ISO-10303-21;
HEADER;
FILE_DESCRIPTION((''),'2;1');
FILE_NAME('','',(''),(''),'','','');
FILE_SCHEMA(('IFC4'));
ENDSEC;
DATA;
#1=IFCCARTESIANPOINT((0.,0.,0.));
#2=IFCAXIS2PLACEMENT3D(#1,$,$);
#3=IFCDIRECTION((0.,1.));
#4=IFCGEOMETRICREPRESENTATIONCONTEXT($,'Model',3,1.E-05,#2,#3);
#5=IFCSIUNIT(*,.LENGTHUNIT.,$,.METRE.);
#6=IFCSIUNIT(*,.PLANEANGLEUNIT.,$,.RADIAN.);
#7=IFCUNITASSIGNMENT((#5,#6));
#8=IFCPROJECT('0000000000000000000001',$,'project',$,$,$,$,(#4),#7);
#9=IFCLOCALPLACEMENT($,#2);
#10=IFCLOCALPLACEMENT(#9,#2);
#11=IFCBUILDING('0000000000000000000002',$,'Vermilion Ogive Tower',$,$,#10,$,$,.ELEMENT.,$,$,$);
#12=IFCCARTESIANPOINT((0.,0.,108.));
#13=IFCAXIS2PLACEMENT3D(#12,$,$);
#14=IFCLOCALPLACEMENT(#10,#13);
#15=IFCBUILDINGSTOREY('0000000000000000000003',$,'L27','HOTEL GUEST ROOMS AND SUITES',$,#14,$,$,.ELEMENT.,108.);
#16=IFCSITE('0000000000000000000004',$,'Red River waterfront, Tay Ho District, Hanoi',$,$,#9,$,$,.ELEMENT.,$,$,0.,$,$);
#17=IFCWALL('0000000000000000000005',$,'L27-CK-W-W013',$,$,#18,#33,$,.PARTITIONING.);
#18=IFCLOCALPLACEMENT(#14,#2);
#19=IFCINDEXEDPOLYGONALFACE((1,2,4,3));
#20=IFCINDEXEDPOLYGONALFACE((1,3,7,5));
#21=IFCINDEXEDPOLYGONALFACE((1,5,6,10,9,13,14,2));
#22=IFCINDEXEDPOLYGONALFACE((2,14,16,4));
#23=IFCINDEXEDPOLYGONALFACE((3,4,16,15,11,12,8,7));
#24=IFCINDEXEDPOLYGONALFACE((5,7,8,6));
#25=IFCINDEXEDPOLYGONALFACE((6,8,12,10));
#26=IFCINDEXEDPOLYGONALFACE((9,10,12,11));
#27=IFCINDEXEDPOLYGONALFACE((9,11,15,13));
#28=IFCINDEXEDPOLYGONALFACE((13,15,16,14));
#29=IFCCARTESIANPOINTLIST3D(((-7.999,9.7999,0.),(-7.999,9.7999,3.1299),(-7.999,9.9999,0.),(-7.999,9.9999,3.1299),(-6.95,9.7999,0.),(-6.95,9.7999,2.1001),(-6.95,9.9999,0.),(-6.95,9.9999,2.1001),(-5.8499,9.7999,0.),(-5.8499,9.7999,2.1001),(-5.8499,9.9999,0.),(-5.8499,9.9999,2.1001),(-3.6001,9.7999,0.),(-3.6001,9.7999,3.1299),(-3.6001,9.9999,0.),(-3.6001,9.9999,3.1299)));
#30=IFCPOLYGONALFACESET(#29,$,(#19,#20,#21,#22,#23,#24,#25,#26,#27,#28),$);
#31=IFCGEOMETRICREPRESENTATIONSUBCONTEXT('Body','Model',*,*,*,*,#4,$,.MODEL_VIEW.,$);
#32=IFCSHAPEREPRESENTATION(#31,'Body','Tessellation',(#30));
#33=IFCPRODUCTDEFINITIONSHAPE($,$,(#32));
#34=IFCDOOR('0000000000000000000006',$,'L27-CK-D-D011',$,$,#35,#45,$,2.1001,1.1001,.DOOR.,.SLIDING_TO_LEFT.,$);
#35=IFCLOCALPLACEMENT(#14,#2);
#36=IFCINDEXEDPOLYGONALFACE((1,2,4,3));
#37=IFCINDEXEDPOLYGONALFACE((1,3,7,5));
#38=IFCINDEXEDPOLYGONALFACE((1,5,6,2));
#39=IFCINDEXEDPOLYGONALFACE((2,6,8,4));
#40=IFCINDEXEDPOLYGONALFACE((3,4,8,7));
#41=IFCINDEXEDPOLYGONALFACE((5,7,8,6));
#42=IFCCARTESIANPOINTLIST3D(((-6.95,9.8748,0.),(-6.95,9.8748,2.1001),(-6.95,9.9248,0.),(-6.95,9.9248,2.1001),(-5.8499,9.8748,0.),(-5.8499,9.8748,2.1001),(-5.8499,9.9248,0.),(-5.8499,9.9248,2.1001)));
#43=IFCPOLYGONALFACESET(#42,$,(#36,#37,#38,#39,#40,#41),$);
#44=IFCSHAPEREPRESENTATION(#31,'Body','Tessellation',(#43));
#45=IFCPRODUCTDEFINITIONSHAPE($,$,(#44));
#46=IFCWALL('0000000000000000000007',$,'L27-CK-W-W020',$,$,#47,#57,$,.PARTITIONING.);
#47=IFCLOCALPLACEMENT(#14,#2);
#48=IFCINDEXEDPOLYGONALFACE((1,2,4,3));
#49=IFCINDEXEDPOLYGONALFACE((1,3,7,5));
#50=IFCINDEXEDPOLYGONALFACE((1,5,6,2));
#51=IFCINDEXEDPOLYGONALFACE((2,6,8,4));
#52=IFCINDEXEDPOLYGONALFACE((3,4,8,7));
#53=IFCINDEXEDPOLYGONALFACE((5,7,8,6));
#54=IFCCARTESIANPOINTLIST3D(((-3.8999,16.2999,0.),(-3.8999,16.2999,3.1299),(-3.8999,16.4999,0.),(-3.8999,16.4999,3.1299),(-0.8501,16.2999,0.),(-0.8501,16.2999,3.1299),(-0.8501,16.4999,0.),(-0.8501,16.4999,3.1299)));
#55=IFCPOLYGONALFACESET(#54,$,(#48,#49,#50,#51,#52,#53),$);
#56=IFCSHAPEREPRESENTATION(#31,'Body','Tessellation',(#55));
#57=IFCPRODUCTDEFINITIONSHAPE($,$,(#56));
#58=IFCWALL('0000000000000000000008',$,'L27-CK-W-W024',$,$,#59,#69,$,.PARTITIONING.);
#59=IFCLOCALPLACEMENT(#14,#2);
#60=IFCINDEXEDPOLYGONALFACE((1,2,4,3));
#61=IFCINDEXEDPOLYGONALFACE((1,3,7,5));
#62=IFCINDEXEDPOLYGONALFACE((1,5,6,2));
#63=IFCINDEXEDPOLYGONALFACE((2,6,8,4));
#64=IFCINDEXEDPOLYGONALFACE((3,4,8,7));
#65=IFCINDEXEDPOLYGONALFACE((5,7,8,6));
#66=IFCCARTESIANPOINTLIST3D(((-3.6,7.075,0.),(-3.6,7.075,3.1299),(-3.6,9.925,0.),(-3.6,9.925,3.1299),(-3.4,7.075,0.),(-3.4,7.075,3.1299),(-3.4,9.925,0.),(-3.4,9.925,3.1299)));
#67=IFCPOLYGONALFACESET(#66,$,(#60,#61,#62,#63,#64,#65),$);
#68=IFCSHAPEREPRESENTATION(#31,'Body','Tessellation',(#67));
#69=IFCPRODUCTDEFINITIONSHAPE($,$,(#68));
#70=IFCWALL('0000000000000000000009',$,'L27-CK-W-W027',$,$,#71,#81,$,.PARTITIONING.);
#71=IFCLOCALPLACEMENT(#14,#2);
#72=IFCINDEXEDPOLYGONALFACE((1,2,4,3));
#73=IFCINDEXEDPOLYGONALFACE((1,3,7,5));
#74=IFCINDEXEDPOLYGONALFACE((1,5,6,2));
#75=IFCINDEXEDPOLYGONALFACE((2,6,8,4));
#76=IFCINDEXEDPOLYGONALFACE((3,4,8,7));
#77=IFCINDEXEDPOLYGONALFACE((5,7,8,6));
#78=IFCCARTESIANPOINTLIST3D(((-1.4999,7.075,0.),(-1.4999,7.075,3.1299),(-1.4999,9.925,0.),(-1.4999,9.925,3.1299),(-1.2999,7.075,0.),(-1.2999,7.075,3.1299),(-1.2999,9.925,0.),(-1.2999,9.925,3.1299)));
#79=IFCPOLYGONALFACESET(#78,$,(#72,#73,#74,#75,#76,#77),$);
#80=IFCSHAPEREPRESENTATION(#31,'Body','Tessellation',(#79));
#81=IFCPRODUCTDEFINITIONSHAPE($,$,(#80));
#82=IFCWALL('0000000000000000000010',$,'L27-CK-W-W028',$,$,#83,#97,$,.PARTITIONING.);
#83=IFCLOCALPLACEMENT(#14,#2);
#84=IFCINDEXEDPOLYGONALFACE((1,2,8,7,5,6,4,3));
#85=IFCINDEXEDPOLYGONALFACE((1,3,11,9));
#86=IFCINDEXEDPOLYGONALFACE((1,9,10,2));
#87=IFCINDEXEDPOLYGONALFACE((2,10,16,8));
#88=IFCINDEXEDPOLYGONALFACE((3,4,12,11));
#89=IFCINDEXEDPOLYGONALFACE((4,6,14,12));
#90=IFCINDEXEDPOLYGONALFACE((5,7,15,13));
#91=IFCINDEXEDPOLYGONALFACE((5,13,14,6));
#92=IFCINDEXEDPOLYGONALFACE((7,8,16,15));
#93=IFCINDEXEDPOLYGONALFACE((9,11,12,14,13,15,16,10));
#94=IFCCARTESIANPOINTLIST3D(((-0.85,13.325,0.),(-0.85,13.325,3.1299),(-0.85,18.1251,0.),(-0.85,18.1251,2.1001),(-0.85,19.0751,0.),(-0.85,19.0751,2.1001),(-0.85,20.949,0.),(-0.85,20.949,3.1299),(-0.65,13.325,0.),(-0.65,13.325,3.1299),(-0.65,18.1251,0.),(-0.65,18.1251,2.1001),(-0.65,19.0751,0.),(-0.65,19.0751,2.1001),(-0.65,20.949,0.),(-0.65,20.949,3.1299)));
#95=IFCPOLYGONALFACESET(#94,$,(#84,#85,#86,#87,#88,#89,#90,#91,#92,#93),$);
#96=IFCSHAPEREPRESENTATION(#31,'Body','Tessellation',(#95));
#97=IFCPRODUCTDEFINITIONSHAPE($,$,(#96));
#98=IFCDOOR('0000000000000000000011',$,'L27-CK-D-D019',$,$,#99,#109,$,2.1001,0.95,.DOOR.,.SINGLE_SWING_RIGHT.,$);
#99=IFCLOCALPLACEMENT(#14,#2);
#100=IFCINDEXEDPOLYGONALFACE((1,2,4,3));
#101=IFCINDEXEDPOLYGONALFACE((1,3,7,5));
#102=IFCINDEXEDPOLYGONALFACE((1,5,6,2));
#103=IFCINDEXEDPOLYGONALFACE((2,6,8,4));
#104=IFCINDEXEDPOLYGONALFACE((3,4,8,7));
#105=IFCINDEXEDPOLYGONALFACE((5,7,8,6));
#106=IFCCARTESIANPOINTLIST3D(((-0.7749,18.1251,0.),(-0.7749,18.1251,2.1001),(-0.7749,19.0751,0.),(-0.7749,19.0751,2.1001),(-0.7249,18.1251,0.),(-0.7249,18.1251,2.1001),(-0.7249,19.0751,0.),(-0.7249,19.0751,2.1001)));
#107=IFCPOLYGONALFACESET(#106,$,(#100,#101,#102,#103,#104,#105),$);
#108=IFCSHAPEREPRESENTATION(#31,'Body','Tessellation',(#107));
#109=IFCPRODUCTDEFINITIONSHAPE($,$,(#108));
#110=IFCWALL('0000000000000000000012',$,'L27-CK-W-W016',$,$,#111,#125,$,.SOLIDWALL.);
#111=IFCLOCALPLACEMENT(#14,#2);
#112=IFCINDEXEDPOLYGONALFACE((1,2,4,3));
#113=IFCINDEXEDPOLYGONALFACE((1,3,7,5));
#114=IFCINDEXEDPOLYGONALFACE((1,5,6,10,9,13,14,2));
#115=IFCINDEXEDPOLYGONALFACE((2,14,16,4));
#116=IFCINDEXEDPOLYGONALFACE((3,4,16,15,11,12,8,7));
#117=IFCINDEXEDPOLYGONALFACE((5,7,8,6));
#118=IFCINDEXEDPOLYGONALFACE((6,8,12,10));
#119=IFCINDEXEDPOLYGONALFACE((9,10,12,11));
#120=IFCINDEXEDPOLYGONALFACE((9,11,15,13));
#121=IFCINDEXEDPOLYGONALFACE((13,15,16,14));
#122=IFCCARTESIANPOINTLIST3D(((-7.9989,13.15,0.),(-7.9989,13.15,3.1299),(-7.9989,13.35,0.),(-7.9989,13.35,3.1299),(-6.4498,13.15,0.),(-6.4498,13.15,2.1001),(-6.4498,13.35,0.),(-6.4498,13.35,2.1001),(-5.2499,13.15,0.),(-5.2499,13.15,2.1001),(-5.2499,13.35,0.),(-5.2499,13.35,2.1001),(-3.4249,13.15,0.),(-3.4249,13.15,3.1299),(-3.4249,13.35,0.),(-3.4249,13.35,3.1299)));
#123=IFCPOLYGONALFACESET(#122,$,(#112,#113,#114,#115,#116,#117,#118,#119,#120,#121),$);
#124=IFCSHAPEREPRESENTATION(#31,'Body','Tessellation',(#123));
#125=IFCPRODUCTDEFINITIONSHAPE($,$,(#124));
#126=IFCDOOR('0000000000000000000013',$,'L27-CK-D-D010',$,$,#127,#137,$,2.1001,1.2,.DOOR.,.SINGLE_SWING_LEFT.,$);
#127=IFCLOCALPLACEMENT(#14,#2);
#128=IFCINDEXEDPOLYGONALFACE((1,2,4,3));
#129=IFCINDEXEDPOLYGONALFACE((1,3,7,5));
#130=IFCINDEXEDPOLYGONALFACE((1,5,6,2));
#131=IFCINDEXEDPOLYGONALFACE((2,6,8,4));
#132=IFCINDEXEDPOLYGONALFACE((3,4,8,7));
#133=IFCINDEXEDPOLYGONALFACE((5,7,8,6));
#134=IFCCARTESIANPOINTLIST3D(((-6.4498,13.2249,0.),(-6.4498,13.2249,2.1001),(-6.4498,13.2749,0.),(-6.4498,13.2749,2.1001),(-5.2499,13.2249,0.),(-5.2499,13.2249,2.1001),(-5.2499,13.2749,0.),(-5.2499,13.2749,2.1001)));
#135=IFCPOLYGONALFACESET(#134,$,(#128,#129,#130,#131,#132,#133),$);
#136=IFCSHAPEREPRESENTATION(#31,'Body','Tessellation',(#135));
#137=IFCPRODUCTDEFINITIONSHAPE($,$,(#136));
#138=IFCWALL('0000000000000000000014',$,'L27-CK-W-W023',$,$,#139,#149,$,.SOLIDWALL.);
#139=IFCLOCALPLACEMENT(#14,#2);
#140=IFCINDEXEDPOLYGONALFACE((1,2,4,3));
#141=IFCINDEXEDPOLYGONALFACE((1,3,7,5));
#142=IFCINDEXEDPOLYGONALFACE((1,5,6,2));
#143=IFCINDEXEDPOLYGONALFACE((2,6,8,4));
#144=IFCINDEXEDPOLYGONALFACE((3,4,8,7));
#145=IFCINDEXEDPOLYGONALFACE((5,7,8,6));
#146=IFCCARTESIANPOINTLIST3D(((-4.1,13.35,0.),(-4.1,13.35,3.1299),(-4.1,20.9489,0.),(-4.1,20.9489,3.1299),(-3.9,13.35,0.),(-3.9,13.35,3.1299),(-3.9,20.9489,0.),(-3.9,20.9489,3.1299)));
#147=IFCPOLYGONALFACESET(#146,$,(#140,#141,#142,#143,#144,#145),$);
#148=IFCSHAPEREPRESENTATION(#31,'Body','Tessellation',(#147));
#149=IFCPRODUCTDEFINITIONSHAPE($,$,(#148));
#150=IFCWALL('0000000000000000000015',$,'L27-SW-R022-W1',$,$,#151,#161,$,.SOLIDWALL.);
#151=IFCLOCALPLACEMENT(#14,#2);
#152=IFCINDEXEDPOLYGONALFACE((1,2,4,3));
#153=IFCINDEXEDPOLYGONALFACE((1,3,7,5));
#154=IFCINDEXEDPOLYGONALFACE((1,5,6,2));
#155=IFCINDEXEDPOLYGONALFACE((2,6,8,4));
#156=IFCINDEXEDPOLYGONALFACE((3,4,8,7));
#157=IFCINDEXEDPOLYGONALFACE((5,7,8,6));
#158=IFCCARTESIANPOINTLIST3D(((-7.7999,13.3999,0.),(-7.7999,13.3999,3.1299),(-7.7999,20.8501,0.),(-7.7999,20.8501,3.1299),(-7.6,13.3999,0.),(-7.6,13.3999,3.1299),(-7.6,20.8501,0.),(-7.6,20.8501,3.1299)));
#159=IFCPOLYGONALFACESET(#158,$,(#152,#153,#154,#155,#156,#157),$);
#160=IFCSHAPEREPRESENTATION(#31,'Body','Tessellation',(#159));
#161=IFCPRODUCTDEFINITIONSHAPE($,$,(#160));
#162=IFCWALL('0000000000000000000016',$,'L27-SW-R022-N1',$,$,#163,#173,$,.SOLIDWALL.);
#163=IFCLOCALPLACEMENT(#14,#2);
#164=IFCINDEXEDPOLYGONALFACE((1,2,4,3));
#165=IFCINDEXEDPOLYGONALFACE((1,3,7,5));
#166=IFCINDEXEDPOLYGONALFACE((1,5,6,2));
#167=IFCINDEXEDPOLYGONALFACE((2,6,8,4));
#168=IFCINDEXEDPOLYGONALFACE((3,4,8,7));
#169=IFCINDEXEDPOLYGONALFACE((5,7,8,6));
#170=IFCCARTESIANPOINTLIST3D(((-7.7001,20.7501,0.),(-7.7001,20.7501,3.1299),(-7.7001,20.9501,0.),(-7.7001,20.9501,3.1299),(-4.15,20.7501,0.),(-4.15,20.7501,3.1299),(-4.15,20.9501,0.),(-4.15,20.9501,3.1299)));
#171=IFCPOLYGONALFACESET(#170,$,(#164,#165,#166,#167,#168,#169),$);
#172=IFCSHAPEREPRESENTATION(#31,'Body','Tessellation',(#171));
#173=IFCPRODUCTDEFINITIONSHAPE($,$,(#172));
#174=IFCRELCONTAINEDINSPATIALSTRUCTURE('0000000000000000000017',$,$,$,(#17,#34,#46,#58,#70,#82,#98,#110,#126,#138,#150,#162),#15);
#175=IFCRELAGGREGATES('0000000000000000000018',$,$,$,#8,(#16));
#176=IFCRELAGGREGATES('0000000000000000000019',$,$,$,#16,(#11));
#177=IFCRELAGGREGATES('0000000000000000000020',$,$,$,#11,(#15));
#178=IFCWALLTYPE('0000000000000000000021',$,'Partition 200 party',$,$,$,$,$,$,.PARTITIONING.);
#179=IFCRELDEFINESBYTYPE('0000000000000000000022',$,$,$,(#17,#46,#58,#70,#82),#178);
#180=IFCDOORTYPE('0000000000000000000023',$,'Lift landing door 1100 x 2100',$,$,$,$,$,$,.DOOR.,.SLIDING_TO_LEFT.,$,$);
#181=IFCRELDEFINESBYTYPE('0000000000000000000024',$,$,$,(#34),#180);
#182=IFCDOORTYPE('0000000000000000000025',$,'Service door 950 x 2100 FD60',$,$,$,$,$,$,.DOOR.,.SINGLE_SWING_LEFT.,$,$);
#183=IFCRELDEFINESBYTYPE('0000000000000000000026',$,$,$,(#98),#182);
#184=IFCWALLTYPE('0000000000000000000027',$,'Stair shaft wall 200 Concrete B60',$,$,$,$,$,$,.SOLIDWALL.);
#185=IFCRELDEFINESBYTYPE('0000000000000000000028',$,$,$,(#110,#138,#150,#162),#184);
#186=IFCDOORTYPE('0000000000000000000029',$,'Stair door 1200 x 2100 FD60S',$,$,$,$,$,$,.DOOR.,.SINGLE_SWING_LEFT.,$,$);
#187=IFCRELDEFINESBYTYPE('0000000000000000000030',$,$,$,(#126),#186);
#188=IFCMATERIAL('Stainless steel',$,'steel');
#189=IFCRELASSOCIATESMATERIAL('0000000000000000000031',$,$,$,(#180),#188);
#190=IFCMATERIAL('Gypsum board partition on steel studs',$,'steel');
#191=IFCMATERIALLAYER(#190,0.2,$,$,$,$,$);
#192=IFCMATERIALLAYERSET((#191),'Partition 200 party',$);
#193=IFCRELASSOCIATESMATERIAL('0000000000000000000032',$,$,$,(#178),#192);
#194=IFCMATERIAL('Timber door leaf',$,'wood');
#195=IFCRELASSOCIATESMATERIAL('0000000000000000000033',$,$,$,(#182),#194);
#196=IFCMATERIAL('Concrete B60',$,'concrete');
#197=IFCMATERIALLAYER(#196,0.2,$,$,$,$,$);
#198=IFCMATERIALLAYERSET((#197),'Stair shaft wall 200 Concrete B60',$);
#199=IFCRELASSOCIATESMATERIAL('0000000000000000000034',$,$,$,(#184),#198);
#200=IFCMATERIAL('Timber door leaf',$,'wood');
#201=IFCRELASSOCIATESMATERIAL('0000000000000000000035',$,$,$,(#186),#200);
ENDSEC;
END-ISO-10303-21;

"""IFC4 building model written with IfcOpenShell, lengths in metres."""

from ifc_helpers import new_model, si_unit, direction, frame, frame_2d, origin, place, context, subcontext, project, spatial, rectangle, extrude, material, layer, layer_set, type_object, element, fill, save


model = new_model("IFC4")

# Units and contexts
model_context = context("Model", 3, precision=1e-05, world=origin(), true_north=direction((0.0, 1.0)))
body_context = subcontext(model_context, "Body", "Model", "MODEL_VIEW")
ifc_project = project(units=[si_unit("LENGTHUNIT", "METRE"), si_unit("PLANEANGLEUNIT", "RADIAN")], contexts=[model_context])

# Site, building, storey
site_placement = place(None, origin())
site = spatial("IfcSite", under=ifc_project, at=site_placement, Name="Red River waterfront, Tay Ho District, Hanoi", CompositionType="ELEMENT", RefElevation=0.0)
building_placement = place(site_placement, origin())
building = spatial("IfcBuilding", under=site, at=building_placement, Name="Vermilion Ogive Tower", CompositionType="ELEMENT")
storey_placement = place(building_placement, frame((0.0, 0.0, 108.0)))
storey = spatial("IfcBuildingStorey", under=building, at=storey_placement, Name="L27", Description="HOTEL GUEST ROOMS AND SUITES", CompositionType="ELEMENT", Elevation=108.0)

# Shared definitions
ifc_material_1 = material(Name="Stainless steel", Category="steel")
door_type_1 = type_object("IfcDoorType", Name="Lift landing door 1100 x 2100", OperationType="SLIDING_TO_LEFT", PredefinedType="DOOR", material=ifc_material_1)

# Wall, opening, door
ifc_material_2 = material(Name="Gypsum board partition on steel studs", Category="steel")
ifc_layer_1 = layer(ifc_material_2, 0.2)
ifc_layer_set_1 = layer_set([ifc_layer_1], Name="Partition 200 party")
wall_type_1 = type_object("IfcWallType", Name="Partition 200 party", PredefinedType="PARTITIONING", material=ifc_layer_set_1)
wall_1_placement = place(storey_placement, frame((-7.999, 9.8999, 0.0), z_axis=(0.0, 0.0, 1.0), x_axis=(1.0, 0.0, 0.0)))
wall_1 = element("IfcWall", 1, at=wall_1_placement, inside=storey, type_object=wall_type_1, Name="L27-CK-W-W013", PredefinedType="PARTITIONING", context=body_context, shape_type="SweptSolid", body=[
    extrude(rectangle(XDim=4.3989, YDim=0.2, at=frame_2d((2.1995, 0.0))), origin(), (0.0, 0.0, 1.0), 3.1299),
])
opening_1_placement = place(wall_1_placement, frame((1.0491, 0.0, 0.0)))
opening_1 = element("IfcOpeningElement", 2, at=opening_1_placement, cuts=wall_1, PredefinedType="OPENING", context=body_context, shape_type="SweptSolid", body=[
    extrude(rectangle(XDim=1.1001, YDim=2.1001, at=frame_2d((0.55, 1.05))), frame((0.0, 0.1099, 0.0), z_axis=(0.0, -1.0, 0.0), x_axis=(1.0, 0.0, 0.0)), (0.0, 0.0, 1.0), 0.22),
])
door_1_placement = place(opening_1_placement, origin())
door_1 = element("IfcDoor", 3, at=door_1_placement, inside=storey, type_object=door_type_1, Name="L27-CK-D-D011", OperationType="SLIDING_TO_LEFT", OverallHeight=2.1001, OverallWidth=1.1001, PredefinedType="DOOR", context=body_context, shape_type="SweptSolid", body=[
    extrude(rectangle(XDim=1.1001, YDim=2.1001, at=frame_2d((0.55, 1.05))), frame((0.0, 0.0249, 0.0), z_axis=(0.0, -1.0, 0.0), x_axis=(1.0, 0.0, 0.0)), (0.0, 0.0, 1.0), 0.05),
])
fill(opening_1, door_1)

# Walls
wall_2_placement = place(storey_placement, frame((-3.8999, 16.3999, 0.0), z_axis=(0.0, 0.0, 1.0), x_axis=(1.0, 0.0, 0.0)))
element("IfcWall", 4, at=wall_2_placement, inside=storey, type_object=wall_type_1, Name="L27-CK-W-W020", PredefinedType="PARTITIONING", context=body_context, shape_type="SweptSolid", body=[
    extrude(rectangle(XDim=3.0498, YDim=0.2, at=frame_2d((1.5249, 0.0))), origin(), (0.0, 0.0, 1.0), 3.1299),
])
for number, where, z_axis, x_axis, name in (
    (5, (-3.5, 7.075, 0.0), (0.0, 0.0, 1.0), (0.0, 1.0, 0.0), "L27-CK-W-W024"),
    (6, (-1.3999, 7.075, 0.0), (0.0, 0.0, 1.0), (0.0, 1.0, 0.0), "L27-CK-W-W027"),
):
    element("IfcWall", number, at=place(storey_placement, frame(where, z_axis=z_axis, x_axis=x_axis)), inside=storey, type_object=wall_type_1, Name=name, PredefinedType="PARTITIONING", context=body_context, shape_type="SweptSolid", body=[
        extrude(rectangle(XDim=2.8501, YDim=0.2, at=frame_2d((1.425, 0.0))), origin(), (0.0, 0.0, 1.0), 3.1299),
    ])

# Walls, openings, doors
wall_3_placement = place(storey_placement, frame((-0.75, 13.325, 0.0), z_axis=(0.0, 0.0, 1.0), x_axis=(0.0, 1.0, 0.0)))
wall_3 = element("IfcWall", 7, at=wall_3_placement, inside=storey, type_object=wall_type_1, Name="L27-CK-W-W028", PredefinedType="PARTITIONING", context=body_context, shape_type="SweptSolid", body=[
    extrude(rectangle(XDim=7.624, YDim=0.2, at=frame_2d((3.812, 0.0))), origin(), (0.0, 0.0, 1.0), 3.1299),
])
opening_2_placement = place(wall_3_placement, frame((4.8, 0.0, 0.0)))
opening_2 = element("IfcOpeningElement", 8, at=opening_2_placement, cuts=wall_3, PredefinedType="OPENING", context=body_context, shape_type="SweptSolid", body=[
    extrude(rectangle(XDim=0.95, YDim=2.1001, at=frame_2d((0.4751, 1.05))), frame((0.0, 0.1099, 0.0), z_axis=(0.0, -1.0, 0.0), x_axis=(1.0, 0.0, 0.0)), (0.0, 0.0, 1.0), 0.22),
])
ifc_material_3 = material(Name="Timber door leaf", Category="wood")
door_type_2 = type_object("IfcDoorType", Name="Service door 950 x 2100 FD60", OperationType="SINGLE_SWING_LEFT", PredefinedType="DOOR", material=ifc_material_3)
door_2_placement = place(opening_2_placement, origin())
door_2 = element("IfcDoor", 9, at=door_2_placement, inside=storey, type_object=door_type_2, Name="L27-CK-D-D019", OperationType="SINGLE_SWING_RIGHT", OverallHeight=2.1001, OverallWidth=0.95, PredefinedType="DOOR", context=body_context, shape_type="SweptSolid", body=[
    extrude(rectangle(XDim=0.95, YDim=2.1001, at=frame_2d((0.4751, 1.05))), frame((0.0, 0.0249, 0.0), z_axis=(0.0, -1.0, 0.0), x_axis=(1.0, 0.0, 0.0)), (0.0, 0.0, 1.0), 0.05),
])
fill(opening_2, door_2)
ifc_material_4 = material(Name="Concrete B60", Category="concrete")
ifc_layer_2 = layer(ifc_material_4, 0.2)
ifc_layer_set_2 = layer_set([ifc_layer_2], Name="Stair shaft wall 200 Concrete B60")
wall_type_2 = type_object("IfcWallType", Name="Stair shaft wall 200 Concrete B60", PredefinedType="SOLIDWALL", material=ifc_layer_set_2)
wall_4_placement = place(storey_placement, frame((-7.999, 13.25, 0.0), z_axis=(0.0, 0.0, 1.0), x_axis=(1.0, 0.0, 0.0)))
wall_4 = element("IfcWall", 10, at=wall_4_placement, inside=storey, type_object=wall_type_2, Name="L27-CK-W-W016", PredefinedType="SOLIDWALL", context=body_context, shape_type="SweptSolid", body=[
    extrude(rectangle(XDim=4.574, YDim=0.2, at=frame_2d((2.2871, 0.0))), origin(), (0.0, 0.0, 1.0), 3.1299),
])
opening_3_placement = place(wall_4_placement, frame((1.5491, 0.0, 0.0)))
opening_3 = element("IfcOpeningElement", 11, at=opening_3_placement, cuts=wall_4, PredefinedType="OPENING", context=body_context, shape_type="SweptSolid", body=[
    extrude(rectangle(XDim=1.2, YDim=2.1001, at=frame_2d((0.6001, 1.05))), frame((0.0, 0.1099, 0.0), z_axis=(0.0, -1.0, 0.0), x_axis=(1.0, 0.0, 0.0)), (0.0, 0.0, 1.0), 0.22),
])
ifc_material_5 = material(Name="Timber door leaf", Category="wood")
door_type_3 = type_object("IfcDoorType", Name="Stair door 1200 x 2100 FD60S", OperationType="SINGLE_SWING_LEFT", PredefinedType="DOOR", material=ifc_material_5)
door_3_placement = place(opening_3_placement, origin())
door_3 = element("IfcDoor", 12, at=door_3_placement, inside=storey, type_object=door_type_3, Name="L27-CK-D-D010", OperationType="SINGLE_SWING_LEFT", OverallHeight=2.1001, OverallWidth=1.2, PredefinedType="DOOR", context=body_context, shape_type="SweptSolid", body=[
    extrude(rectangle(XDim=1.2, YDim=2.1001, at=frame_2d((0.6001, 1.05))), frame((0.0, 0.0249, 0.0), z_axis=(0.0, -1.0, 0.0), x_axis=(1.0, 0.0, 0.0)), (0.0, 0.0, 1.0), 0.05),
])
fill(opening_3, door_3)

# Walls
wall_5_placement = place(storey_placement, frame((-4.0, 13.3501, 0.0), z_axis=(0.0, 0.0, 1.0), x_axis=(0.0, 1.0, 0.0)))
element("IfcWall", 13, at=wall_5_placement, inside=storey, type_object=wall_type_2, Name="L27-CK-W-W023", PredefinedType="SOLIDWALL", context=body_context, shape_type="SweptSolid", body=[
    extrude(rectangle(XDim=7.5989, YDim=0.2, at=frame_2d((3.7993, 0.0))), origin(), (0.0, 0.0, 1.0), 3.1299),
])
wall_6_placement = place(storey_placement, frame((-7.7, 13.3999, 0.0), z_axis=(0.0, 0.0, 1.0), x_axis=(0.0, 1.0, 0.0)))
element("IfcWall", 14, at=wall_6_placement, inside=storey, type_object=wall_type_2, Name="L27-SW-R022-W1", PredefinedType="SOLIDWALL", context=body_context, shape_type="SweptSolid", body=[
    extrude(rectangle(XDim=7.4502, YDim=0.2, at=frame_2d((3.7251, 0.0))), origin(), (0.0, 0.0, 1.0), 3.1299),
])
wall_7_placement = place(storey_placement, frame((-7.7, 20.8501, 0.0), z_axis=(0.0, 0.0, 1.0), x_axis=(1.0, 0.0, 0.0)))
element("IfcWall", 15, at=wall_7_placement, inside=storey, type_object=wall_type_2, Name="L27-SW-R022-N1", PredefinedType="SOLIDWALL", context=body_context, shape_type="SweptSolid", body=[
    extrude(rectangle(XDim=3.55, YDim=0.2, at=frame_2d((1.7749, 0.0))), origin(), (0.0, 0.0, 1.0), 3.1299),
])

save(model, "model.ifc")
